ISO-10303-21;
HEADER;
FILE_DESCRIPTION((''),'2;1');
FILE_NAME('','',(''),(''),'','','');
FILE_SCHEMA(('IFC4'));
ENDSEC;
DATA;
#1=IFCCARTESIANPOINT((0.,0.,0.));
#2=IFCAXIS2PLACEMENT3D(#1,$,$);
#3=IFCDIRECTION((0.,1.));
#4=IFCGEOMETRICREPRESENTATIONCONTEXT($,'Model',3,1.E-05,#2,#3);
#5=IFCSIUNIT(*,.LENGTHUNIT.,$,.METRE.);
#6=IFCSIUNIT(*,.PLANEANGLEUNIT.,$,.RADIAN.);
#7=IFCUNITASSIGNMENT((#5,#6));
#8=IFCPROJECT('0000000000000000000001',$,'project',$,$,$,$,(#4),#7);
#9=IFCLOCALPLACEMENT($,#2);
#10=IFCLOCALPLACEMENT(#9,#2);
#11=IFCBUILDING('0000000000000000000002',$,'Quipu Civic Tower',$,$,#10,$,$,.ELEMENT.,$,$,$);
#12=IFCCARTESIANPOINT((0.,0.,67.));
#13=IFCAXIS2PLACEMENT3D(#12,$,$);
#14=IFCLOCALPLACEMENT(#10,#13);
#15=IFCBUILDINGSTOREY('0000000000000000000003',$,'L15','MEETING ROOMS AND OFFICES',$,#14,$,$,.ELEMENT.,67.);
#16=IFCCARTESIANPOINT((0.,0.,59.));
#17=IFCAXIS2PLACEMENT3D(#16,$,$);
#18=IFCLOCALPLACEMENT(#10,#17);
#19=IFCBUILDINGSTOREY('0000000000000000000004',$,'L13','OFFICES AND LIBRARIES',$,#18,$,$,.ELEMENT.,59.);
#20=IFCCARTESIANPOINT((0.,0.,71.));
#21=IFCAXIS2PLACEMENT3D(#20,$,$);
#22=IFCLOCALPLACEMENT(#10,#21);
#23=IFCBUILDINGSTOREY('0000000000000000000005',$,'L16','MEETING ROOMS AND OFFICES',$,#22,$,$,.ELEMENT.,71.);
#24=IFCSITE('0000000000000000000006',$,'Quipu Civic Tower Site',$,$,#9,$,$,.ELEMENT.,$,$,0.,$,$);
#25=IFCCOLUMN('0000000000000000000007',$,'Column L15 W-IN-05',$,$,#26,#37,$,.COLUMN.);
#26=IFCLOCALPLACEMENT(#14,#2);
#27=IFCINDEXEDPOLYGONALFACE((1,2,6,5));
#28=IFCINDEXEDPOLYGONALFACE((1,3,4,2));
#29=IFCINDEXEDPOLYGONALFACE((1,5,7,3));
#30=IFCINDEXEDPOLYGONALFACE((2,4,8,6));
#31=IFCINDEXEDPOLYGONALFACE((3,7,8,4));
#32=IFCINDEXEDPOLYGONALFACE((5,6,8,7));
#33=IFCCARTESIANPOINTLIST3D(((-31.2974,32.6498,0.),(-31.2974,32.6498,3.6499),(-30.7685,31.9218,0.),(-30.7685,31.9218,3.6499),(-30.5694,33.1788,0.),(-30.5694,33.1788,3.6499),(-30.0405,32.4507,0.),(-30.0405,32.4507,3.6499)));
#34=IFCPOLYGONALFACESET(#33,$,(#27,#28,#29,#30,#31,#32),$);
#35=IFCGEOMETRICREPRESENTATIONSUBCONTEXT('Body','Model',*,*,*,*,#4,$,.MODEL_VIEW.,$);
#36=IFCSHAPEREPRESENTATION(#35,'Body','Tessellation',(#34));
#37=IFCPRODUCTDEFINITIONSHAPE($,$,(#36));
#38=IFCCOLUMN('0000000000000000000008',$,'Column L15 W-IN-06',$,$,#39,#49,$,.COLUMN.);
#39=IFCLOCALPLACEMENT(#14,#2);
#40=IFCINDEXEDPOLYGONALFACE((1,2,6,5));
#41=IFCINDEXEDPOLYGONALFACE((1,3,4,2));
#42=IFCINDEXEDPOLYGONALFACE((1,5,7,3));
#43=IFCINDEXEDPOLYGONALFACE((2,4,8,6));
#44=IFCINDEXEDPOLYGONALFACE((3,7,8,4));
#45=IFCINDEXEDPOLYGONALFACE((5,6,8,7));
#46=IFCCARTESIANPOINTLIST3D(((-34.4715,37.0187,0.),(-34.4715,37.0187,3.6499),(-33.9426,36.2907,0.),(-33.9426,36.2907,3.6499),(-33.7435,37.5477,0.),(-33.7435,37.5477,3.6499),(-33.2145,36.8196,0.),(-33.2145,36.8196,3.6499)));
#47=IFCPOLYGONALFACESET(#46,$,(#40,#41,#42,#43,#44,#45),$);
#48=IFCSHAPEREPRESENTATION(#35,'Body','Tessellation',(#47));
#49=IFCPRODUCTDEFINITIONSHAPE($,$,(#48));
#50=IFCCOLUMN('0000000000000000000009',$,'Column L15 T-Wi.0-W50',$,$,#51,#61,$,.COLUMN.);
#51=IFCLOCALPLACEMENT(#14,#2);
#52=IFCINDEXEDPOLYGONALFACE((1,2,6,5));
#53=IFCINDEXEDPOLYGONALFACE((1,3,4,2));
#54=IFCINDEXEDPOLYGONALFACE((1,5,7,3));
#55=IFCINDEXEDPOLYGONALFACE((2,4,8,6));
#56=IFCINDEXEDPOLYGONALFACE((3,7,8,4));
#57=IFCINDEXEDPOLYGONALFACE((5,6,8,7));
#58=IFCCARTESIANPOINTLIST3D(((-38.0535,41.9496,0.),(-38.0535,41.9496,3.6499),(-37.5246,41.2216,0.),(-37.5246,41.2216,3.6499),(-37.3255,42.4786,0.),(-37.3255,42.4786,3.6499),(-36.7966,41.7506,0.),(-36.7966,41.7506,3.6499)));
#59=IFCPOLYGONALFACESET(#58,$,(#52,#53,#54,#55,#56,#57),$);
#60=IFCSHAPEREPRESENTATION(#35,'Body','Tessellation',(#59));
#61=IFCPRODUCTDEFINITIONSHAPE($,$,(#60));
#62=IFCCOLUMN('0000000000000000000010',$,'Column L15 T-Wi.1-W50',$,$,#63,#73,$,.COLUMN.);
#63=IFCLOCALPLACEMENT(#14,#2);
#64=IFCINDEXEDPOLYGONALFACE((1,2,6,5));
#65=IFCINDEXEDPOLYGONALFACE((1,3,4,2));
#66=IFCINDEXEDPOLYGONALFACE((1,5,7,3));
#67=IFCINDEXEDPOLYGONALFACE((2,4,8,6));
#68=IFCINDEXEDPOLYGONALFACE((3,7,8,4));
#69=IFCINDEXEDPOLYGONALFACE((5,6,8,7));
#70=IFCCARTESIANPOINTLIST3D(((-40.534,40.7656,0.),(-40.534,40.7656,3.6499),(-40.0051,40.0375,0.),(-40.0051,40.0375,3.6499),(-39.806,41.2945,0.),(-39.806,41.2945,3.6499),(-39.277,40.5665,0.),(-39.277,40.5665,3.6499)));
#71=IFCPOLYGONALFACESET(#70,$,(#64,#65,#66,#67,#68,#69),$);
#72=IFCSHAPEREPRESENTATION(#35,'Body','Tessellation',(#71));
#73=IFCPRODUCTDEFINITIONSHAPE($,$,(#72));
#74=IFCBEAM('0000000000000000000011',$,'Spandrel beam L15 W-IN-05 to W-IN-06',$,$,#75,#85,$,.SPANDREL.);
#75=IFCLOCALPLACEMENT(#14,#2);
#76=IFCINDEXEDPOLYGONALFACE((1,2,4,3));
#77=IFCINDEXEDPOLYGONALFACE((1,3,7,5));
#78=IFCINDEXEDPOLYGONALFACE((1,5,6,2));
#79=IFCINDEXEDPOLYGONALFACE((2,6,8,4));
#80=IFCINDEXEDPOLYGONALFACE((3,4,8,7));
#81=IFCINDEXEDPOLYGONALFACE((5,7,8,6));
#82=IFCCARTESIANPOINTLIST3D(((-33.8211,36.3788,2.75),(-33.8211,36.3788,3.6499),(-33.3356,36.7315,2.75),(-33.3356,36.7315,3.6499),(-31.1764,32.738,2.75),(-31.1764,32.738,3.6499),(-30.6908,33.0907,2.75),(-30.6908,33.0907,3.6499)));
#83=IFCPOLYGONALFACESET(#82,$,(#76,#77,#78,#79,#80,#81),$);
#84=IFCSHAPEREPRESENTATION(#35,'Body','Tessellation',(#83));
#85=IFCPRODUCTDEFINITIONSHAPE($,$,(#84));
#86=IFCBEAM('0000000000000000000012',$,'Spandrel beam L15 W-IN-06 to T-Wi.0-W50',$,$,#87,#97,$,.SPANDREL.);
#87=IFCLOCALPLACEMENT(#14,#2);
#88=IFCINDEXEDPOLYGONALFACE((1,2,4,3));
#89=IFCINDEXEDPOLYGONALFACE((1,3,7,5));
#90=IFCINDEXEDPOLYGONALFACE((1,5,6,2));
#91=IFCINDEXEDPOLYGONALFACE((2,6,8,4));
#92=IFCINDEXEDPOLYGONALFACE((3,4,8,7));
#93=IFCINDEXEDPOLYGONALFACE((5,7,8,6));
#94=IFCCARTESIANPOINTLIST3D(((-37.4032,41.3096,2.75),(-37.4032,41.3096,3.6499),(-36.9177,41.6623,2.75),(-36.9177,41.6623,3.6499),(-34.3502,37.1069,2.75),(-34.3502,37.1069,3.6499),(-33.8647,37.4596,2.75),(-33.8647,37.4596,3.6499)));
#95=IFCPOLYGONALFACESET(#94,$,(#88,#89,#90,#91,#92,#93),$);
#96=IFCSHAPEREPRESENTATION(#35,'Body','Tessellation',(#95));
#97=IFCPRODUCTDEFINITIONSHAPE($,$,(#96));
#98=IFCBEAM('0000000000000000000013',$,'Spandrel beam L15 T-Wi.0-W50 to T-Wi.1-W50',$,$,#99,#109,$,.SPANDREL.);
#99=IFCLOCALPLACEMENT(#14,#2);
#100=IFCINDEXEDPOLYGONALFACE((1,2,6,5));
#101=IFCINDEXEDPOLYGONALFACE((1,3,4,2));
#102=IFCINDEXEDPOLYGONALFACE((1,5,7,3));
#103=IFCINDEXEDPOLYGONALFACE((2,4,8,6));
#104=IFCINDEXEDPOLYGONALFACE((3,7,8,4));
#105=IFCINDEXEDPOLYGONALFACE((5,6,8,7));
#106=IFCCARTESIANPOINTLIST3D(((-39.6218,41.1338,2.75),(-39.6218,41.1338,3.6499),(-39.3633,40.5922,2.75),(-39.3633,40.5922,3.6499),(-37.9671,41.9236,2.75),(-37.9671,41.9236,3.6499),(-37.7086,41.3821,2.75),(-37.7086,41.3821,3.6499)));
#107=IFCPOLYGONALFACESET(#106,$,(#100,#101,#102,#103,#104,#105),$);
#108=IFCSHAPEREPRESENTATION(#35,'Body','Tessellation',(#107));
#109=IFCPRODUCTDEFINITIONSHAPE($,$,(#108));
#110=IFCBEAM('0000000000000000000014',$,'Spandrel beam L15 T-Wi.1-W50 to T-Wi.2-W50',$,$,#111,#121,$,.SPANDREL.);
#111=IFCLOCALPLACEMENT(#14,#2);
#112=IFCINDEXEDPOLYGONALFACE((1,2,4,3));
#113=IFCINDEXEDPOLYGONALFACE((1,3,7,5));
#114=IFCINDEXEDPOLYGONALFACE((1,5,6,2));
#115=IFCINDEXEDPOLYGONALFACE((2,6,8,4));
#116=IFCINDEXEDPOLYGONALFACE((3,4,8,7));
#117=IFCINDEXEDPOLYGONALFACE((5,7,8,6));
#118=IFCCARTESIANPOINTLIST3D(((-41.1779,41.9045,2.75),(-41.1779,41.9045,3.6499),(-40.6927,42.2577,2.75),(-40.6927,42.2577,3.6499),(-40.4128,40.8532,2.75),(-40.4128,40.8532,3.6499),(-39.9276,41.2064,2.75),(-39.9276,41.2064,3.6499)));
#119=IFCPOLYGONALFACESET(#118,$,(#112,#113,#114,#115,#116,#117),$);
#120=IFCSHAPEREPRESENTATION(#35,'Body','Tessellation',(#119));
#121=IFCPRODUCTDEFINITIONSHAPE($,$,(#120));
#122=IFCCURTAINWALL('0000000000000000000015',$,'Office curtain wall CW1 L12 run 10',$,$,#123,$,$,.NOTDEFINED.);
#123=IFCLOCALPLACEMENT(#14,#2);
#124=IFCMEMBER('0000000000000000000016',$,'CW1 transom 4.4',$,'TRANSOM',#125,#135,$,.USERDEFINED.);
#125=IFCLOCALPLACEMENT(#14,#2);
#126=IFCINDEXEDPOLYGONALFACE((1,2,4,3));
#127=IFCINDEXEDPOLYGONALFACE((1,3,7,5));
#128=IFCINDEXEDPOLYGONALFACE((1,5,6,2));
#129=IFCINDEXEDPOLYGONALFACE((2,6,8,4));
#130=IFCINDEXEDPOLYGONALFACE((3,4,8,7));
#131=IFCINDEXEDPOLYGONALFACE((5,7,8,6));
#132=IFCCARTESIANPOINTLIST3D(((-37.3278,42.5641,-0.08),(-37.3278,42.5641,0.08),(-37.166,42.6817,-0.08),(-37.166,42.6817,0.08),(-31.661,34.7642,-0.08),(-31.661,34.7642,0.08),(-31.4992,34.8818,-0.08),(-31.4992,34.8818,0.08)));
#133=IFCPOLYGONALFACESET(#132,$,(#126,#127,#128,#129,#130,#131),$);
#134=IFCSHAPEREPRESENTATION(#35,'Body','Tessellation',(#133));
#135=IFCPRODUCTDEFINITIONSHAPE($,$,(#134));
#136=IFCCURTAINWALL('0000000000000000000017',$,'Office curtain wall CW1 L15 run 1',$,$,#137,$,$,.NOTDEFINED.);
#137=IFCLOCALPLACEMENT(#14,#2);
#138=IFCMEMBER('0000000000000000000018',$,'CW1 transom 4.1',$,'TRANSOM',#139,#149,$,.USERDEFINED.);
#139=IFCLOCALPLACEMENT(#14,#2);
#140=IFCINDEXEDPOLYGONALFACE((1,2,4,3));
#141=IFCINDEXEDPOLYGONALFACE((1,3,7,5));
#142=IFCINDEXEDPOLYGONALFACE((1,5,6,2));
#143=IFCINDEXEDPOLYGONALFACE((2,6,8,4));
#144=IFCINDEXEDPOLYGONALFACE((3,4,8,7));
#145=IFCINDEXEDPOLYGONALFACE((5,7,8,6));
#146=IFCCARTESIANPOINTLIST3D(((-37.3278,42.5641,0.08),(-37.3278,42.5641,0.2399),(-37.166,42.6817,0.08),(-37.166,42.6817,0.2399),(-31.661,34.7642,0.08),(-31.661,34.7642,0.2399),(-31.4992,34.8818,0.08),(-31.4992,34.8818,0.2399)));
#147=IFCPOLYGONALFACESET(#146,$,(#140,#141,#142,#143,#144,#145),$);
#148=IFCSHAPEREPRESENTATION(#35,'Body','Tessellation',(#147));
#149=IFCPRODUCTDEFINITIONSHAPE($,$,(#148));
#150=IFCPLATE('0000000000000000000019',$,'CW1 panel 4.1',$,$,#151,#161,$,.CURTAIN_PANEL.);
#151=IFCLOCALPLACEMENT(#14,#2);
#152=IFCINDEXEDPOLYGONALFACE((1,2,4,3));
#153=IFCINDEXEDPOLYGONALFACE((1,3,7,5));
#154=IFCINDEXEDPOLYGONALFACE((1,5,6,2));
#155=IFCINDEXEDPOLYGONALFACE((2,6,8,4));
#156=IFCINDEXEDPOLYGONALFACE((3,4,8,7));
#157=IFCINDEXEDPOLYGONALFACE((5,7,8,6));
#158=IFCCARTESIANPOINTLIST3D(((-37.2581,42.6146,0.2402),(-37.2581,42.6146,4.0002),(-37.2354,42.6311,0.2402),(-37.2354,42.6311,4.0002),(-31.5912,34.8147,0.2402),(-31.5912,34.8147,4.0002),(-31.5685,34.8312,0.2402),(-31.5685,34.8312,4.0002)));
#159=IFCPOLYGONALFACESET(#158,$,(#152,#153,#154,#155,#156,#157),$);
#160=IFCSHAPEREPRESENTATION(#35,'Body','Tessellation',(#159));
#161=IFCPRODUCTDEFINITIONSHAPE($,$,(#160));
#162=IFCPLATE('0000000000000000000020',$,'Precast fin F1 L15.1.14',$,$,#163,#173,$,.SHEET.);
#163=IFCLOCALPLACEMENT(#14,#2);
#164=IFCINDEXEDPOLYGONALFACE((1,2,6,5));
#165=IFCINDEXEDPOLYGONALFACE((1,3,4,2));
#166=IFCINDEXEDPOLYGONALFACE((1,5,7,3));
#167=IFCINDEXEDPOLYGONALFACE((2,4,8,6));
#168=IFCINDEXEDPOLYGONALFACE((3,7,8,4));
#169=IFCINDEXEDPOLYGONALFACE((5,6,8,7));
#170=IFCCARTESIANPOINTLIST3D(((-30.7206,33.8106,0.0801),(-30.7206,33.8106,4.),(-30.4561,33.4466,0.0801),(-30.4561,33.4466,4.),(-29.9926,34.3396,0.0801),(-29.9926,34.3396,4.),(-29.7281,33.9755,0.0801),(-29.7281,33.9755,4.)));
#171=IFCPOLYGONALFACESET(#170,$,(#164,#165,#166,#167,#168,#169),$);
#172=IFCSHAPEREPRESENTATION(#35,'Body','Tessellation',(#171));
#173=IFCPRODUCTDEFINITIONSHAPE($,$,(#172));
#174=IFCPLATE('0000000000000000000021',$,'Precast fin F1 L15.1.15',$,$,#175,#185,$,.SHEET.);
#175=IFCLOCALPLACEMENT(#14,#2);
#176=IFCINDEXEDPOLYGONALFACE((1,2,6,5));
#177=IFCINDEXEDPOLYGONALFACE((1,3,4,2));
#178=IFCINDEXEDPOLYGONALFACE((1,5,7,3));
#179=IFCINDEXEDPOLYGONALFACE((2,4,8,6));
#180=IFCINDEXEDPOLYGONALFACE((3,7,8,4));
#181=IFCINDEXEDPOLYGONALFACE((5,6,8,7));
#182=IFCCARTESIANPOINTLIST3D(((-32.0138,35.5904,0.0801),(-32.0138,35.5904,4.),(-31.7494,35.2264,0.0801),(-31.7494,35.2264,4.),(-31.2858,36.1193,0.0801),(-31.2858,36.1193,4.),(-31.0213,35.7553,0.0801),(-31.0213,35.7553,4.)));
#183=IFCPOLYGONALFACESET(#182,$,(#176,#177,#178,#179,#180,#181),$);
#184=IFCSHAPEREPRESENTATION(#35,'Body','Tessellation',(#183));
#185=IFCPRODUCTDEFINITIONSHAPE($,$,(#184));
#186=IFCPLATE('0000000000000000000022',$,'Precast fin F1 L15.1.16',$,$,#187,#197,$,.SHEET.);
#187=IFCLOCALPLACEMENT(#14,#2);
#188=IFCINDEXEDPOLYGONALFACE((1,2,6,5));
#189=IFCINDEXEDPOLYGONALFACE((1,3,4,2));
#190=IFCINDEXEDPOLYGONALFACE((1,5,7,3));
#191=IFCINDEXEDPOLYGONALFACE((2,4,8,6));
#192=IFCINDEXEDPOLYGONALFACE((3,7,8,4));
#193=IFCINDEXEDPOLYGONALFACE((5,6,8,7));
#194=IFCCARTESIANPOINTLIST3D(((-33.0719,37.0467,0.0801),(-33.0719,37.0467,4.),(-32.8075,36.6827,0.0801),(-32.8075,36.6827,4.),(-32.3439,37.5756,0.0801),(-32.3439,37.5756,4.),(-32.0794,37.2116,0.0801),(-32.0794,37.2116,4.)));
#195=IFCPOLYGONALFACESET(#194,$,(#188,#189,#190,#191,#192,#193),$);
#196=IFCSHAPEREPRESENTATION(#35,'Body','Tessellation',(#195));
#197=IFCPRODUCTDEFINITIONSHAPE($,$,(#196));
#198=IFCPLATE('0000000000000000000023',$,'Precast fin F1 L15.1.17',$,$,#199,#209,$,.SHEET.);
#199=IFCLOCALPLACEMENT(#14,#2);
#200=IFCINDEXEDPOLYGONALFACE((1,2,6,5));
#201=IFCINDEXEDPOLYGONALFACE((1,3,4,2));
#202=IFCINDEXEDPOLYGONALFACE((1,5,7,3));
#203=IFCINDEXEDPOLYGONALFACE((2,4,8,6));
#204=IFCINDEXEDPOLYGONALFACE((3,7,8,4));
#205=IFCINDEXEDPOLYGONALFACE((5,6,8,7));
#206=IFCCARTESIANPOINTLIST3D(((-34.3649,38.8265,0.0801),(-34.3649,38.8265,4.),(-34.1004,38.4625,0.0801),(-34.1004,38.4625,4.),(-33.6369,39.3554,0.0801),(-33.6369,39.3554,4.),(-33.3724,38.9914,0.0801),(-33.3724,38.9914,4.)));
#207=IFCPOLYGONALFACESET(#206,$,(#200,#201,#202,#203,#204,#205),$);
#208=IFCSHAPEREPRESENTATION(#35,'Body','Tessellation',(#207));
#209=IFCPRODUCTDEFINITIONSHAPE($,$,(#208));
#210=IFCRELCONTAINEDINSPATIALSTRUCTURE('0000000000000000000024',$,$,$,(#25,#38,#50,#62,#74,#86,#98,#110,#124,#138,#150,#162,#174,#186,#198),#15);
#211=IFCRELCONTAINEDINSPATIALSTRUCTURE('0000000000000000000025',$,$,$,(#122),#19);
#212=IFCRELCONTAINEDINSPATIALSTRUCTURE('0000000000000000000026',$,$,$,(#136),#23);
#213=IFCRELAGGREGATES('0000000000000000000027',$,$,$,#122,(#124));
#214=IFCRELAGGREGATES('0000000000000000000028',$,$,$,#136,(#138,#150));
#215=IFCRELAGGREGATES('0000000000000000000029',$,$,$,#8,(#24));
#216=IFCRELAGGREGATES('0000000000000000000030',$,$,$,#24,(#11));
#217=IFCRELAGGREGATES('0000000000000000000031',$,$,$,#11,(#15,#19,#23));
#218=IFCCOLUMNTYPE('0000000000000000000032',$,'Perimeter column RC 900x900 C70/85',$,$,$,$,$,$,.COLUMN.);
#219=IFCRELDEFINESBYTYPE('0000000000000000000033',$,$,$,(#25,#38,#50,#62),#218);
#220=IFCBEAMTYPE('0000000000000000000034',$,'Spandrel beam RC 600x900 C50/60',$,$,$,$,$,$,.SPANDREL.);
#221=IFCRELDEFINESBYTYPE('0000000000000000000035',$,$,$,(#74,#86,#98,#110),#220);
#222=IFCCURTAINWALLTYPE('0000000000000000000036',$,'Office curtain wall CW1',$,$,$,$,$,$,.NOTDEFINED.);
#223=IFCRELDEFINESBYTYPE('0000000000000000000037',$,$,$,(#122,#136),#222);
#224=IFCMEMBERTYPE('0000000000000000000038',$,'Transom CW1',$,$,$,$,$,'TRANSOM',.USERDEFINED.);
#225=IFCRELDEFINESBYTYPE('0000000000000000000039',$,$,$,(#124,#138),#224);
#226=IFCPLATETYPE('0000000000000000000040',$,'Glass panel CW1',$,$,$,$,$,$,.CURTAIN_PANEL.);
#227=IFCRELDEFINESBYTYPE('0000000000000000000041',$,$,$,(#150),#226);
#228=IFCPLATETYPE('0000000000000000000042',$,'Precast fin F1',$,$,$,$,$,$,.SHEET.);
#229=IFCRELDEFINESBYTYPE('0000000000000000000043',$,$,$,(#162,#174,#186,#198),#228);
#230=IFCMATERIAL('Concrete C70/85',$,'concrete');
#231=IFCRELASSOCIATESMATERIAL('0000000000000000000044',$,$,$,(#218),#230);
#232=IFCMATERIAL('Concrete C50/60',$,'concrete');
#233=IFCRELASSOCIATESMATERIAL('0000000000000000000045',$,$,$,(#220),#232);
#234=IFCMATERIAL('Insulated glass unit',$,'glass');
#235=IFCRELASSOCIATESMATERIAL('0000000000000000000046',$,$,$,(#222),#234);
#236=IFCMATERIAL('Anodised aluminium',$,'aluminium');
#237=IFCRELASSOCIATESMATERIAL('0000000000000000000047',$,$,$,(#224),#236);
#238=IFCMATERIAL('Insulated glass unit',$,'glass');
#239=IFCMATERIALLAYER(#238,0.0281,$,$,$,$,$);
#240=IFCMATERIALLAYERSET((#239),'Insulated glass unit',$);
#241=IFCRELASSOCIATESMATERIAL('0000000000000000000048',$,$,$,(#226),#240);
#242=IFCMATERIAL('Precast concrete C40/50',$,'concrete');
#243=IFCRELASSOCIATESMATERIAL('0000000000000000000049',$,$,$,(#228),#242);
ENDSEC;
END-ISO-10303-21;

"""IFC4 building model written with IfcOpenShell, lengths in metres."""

from ifc_helpers import new_model, si_unit, direction, frame, origin, origin_2d, place, context, subcontext, project, spatial, rectangle, extrude, material, layer, layer_set, material_profile, profile_set, type_object, element, aggregate, save


model = new_model("IFC4")

# Units and contexts
model_context = context("Model", 3, precision=1e-05, world=origin(), true_north=direction((0.0, 1.0)))
body_context = subcontext(model_context, "Body", "Model", "MODEL_VIEW")
ifc_project = project(units=[si_unit("LENGTHUNIT", "METRE"), si_unit("PLANEANGLEUNIT", "RADIAN")], contexts=[model_context])

# Site, building, storey
site_placement = place(None, origin())
site = spatial("IfcSite", under=ifc_project, at=site_placement, Name="Quipu Civic Tower Site", CompositionType="ELEMENT", RefElevation=0.0)
building_placement = place(site_placement, origin())
building = spatial("IfcBuilding", under=site, at=building_placement, Name="Quipu Civic Tower", CompositionType="ELEMENT")
storey_1_placement = place(building_placement, frame((0.0, 0.0, 67.0)))
storey_1 = spatial("IfcBuildingStorey", under=building, at=storey_1_placement, Name="L15", Description="MEETING ROOMS AND OFFICES", CompositionType="ELEMENT", Elevation=67.0)

# Columns
ifc_material_1 = material(Name="Concrete C70/85", Category="concrete")
ifc_material_profile_1 = material_profile(ifc_material_1, rectangle(XDim=0.8999, YDim=0.8999, at=origin_2d()), Name="RC900x900")
ifc_profile_set_1 = profile_set([ifc_material_profile_1], Name="Concrete C70/85")
column_type = type_object("IfcColumnType", Name="Perimeter column RC 900x900 C70/85", PredefinedType="COLUMN", material=ifc_profile_set_1)
for number, where, z_axis, x_axis, name in (
    (1, (-30.6689, 32.5503, 0.0), (0.0, 0.0, 1.0), (-0.587785, 0.809017, 0.0), "Column L15 W-IN-05"),
    (2, (-33.843, 36.9192, 0.0), (0.0, 0.0, 1.0), (-0.587785, 0.809017, 0.0), "Column L15 W-IN-06"),
    (3, (-37.425, 41.8501, 0.0), (0.0, 0.0, 1.0), (-0.587785, 0.809017, 0.0), "Column L15 T-Wi.0-W50"),
    (4, (-39.9055, 40.666, 0.0), (0.0, 0.0, 1.0), (-0.587785, 0.809017, 0.0), "Column L15 T-Wi.1-W50"),
):
    element("IfcColumn", number, at=place(storey_1_placement, frame(where, z_axis=z_axis, x_axis=x_axis)), inside=storey_1, type_object=column_type, Name=name, PredefinedType="COLUMN", context=body_context, shape_type="SweptSolid", body=[
        extrude(rectangle(XDim=0.8999, YDim=0.8999, at=origin_2d()), origin(), (0.0, 0.0, 1.0), 3.6499),
    ])

# Beams
ifc_material_2 = material(Name="Concrete C50/60", Category="concrete")
ifc_material_profile_2 = material_profile(ifc_material_2, rectangle(XDim=0.6001, YDim=0.8999, at=origin_2d()), Name="RC600x900")
ifc_profile_set_2 = profile_set([ifc_material_profile_2], Name="Concrete C50/60")
beam_type = type_object("IfcBeamType", Name="Spandrel beam RC 600x900 C50/60", PredefinedType="SPANDREL", material=ifc_profile_set_2)
beam_1_placement = place(storey_1_placement, frame((-30.9336, 32.9143, 3.2), z_axis=(-0.587717, 0.809067, 0.0), x_axis=(-0.809067, -0.587717, 0.0)))
element("IfcBeam", 5, at=beam_1_placement, inside=storey_1, type_object=beam_type, Name="Spandrel beam L15 W-IN-05 to W-IN-06", PredefinedType="SPANDREL", context=body_context, shape_type="SweptSolid", body=[
    extrude(rectangle(XDim=0.6001, YDim=0.8999, at=origin_2d()), origin(), (0.0, 0.0, 1.0), 4.5),
])
beam_2_placement = place(storey_1_placement, frame((-34.1074, 37.2832, 3.2), z_axis=(-0.587733, 0.809055, 0.0), x_axis=(-0.809055, -0.587733, 0.0)))
element("IfcBeam", 6, at=beam_2_placement, inside=storey_1, type_object=beam_type, Name="Spandrel beam L15 W-IN-06 to T-Wi.0-W50", PredefinedType="SPANDREL", context=body_context, shape_type="SweptSolid", body=[
    extrude(rectangle(XDim=0.6001, YDim=0.8999, at=origin_2d()), origin(), (0.0, 0.0, 1.0), 5.1946),
])
beam_3_placement = place(storey_1_placement, frame((-37.8379, 41.6528, 3.2), z_axis=(-0.902454, -0.430786, 0.0), x_axis=(0.430786, -0.902454, 0.0)))
element("IfcBeam", 7, at=beam_3_placement, inside=storey_1, type_object=beam_type, Name="Spandrel beam L15 T-Wi.0-W50 to T-Wi.1-W50", PredefinedType="SPANDREL", context=body_context, shape_type="SweptSolid", body=[
    extrude(rectangle(XDim=0.6001, YDim=0.8999, at=origin_2d()), origin(), (0.0, 0.0, 1.0), 1.8335),
])
beam_4_placement = place(storey_1_placement, frame((-40.1702, 41.0298, 3.2), z_axis=(-0.588462, 0.808525, 0.0), x_axis=(-0.808525, -0.588462, 0.0)))
element("IfcBeam", 8, at=beam_4_placement, inside=storey_1, type_object=beam_type, Name="Spandrel beam L15 T-Wi.1-W50 to T-Wi.2-W50", PredefinedType="SPANDREL", context=body_context, shape_type="SweptSolid", body=[
    extrude(rectangle(XDim=0.6001, YDim=0.8999, at=origin_2d()), origin(), (0.0, 0.0, 1.0), 1.3003),
])

# Shared definitions
storey_2_placement = place(building_placement, frame((0.0, 0.0, 59.0)))
storey_2 = spatial("IfcBuildingStorey", under=building, at=storey_2_placement, Name="L13", Description="OFFICES AND LIBRARIES", CompositionType="ELEMENT", Elevation=59.0)

# Curtain wall, member
ifc_material_3 = material(Name="Insulated glass unit", Category="glass")
curtain_wall_type = type_object("IfcCurtainWallType", Name="Office curtain wall CW1", PredefinedType="NOTDEFINED", material=ifc_material_3)
curtain_wall_1_placement = place(storey_2_placement, origin())
curtain_wall_1 = element("IfcCurtainWall", 9, at=curtain_wall_1_placement, inside=storey_2, type_object=curtain_wall_type, Name="Office curtain wall CW1 L12 run 10", PredefinedType="NOTDEFINED")
ifc_material_4 = material(Name="Anodised aluminium", Category="aluminium")
ifc_material_profile_3 = material_profile(ifc_material_4, rectangle(XDim=0.2, YDim=0.1599, at=origin_2d()), Name="RECT 200x160")
ifc_profile_set_3 = profile_set([ifc_material_profile_3], Name="Anodised aluminium")
member_type = type_object("IfcMemberType", Name="Transom CW1", ElementType="TRANSOM", PredefinedType="USERDEFINED", material=ifc_profile_set_3)
member_1_placement = place(storey_1_placement, frame((-31.5801, 34.823, 0.0), z_axis=(-0.587776, 0.809024, 0.0), x_axis=(-0.809024, -0.587776, 0.0)))
member_1 = element("IfcMember", 10, at=member_1_placement, inside=storey_1, type_object=member_type, Name="CW1 transom 4.4", ObjectType="TRANSOM", PredefinedType="USERDEFINED", context=body_context, shape_type="SweptSolid", body=[
    extrude(rectangle(XDim=0.2, YDim=0.1599, at=origin_2d()), origin(), (0.0, 0.0, 1.0), 9.6411),
])
aggregate(curtain_wall_1, [member_1])

# Shared definitions
storey_3_placement = place(building_placement, frame((0.0, 0.0, 71.0)))
storey_3 = spatial("IfcBuildingStorey", under=building, at=storey_3_placement, Name="L16", Description="MEETING ROOMS AND OFFICES", CompositionType="ELEMENT", Elevation=71.0)

# Curtain wall, member, plate
curtain_wall_2_placement = place(storey_3_placement, origin())
curtain_wall_2 = element("IfcCurtainWall", 11, at=curtain_wall_2_placement, inside=storey_3, type_object=curtain_wall_type, Name="Office curtain wall CW1 L15 run 1", PredefinedType="NOTDEFINED")
member_2_placement = place(storey_1_placement, frame((-31.5801, 34.823, 0.1599), z_axis=(-0.587776, 0.809024, 0.0), x_axis=(-0.809024, -0.587776, 0.0)))
member_2 = element("IfcMember", 12, at=member_2_placement, inside=storey_1, type_object=member_type, Name="CW1 transom 4.1", ObjectType="TRANSOM", PredefinedType="USERDEFINED", context=body_context, shape_type="SweptSolid", body=[
    extrude(rectangle(XDim=0.2, YDim=0.1599, at=origin_2d()), origin(), (0.0, 0.0, 1.0), 9.6411),
])
ifc_material_5 = material(Name="Insulated glass unit", Category="glass")
ifc_layer_1 = layer(ifc_material_5, 0.0281)
ifc_layer_set_1 = layer_set([ifc_layer_1], Name="Insulated glass unit")
plate_type_1 = type_object("IfcPlateType", Name="Glass panel CW1", PredefinedType="CURTAIN_PANEL", material=ifc_layer_set_1)
plate_placement = place(storey_1_placement, frame((-34.4133, 38.7229, 0.2402), z_axis=(0.0, 0.0, 1.0), x_axis=(-0.587786, 0.809017, 0.0)))
plate = element("IfcPlate", 13, at=plate_placement, inside=storey_1, type_object=plate_type_1, Name="CW1 panel 4.1", PredefinedType="CURTAIN_PANEL", context=body_context, shape_type="SweptSolid", body=[
    extrude(rectangle(XDim=9.6411, YDim=0.0281, at=origin_2d()), origin(), (0.0, 0.0, 1.0), 3.76),
])
aggregate(curtain_wall_2, [member_2, plate])

# Plates
ifc_material_6 = material(Name="Precast concrete C40/50", Category="concrete")
plate_type_2 = type_object("IfcPlateType", Name="Precast fin F1", PredefinedType="SHEET", material=ifc_material_6)
for number, where, z_axis, x_axis, name in (
    (14, (-30.2244, 33.8931, 0.0801), (0.0, 0.0, 1.0), (-0.587785, 0.809017, 0.0), "Precast fin F1 L15.1.14"),
    (15, (-31.5176, 35.6729, 0.0801), (0.0, 0.0, 1.0), (-0.587785, 0.809017, 0.0), "Precast fin F1 L15.1.15"),
    (16, (-32.5757, 37.1292, 0.0801), (0.0, 0.0, 1.0), (-0.587785, 0.809017, 0.0), "Precast fin F1 L15.1.16"),
    (17, (-33.8687, 38.9089, 0.0801), (0.0, 0.0, 1.0), (-0.587785, 0.809017, 0.0), "Precast fin F1 L15.1.17"),
):
    element("IfcPlate", number, at=place(storey_1_placement, frame(where, z_axis=z_axis, x_axis=x_axis)), inside=storey_1, type_object=plate_type_2, Name=name, PredefinedType="SHEET", context=body_context, shape_type="SweptSolid", body=[
        extrude(rectangle(XDim=0.45, YDim=0.8999, at=origin_2d()), origin(), (0.0, 0.0, 1.0), 3.9199),
    ])

save(model, "model.ifc")
